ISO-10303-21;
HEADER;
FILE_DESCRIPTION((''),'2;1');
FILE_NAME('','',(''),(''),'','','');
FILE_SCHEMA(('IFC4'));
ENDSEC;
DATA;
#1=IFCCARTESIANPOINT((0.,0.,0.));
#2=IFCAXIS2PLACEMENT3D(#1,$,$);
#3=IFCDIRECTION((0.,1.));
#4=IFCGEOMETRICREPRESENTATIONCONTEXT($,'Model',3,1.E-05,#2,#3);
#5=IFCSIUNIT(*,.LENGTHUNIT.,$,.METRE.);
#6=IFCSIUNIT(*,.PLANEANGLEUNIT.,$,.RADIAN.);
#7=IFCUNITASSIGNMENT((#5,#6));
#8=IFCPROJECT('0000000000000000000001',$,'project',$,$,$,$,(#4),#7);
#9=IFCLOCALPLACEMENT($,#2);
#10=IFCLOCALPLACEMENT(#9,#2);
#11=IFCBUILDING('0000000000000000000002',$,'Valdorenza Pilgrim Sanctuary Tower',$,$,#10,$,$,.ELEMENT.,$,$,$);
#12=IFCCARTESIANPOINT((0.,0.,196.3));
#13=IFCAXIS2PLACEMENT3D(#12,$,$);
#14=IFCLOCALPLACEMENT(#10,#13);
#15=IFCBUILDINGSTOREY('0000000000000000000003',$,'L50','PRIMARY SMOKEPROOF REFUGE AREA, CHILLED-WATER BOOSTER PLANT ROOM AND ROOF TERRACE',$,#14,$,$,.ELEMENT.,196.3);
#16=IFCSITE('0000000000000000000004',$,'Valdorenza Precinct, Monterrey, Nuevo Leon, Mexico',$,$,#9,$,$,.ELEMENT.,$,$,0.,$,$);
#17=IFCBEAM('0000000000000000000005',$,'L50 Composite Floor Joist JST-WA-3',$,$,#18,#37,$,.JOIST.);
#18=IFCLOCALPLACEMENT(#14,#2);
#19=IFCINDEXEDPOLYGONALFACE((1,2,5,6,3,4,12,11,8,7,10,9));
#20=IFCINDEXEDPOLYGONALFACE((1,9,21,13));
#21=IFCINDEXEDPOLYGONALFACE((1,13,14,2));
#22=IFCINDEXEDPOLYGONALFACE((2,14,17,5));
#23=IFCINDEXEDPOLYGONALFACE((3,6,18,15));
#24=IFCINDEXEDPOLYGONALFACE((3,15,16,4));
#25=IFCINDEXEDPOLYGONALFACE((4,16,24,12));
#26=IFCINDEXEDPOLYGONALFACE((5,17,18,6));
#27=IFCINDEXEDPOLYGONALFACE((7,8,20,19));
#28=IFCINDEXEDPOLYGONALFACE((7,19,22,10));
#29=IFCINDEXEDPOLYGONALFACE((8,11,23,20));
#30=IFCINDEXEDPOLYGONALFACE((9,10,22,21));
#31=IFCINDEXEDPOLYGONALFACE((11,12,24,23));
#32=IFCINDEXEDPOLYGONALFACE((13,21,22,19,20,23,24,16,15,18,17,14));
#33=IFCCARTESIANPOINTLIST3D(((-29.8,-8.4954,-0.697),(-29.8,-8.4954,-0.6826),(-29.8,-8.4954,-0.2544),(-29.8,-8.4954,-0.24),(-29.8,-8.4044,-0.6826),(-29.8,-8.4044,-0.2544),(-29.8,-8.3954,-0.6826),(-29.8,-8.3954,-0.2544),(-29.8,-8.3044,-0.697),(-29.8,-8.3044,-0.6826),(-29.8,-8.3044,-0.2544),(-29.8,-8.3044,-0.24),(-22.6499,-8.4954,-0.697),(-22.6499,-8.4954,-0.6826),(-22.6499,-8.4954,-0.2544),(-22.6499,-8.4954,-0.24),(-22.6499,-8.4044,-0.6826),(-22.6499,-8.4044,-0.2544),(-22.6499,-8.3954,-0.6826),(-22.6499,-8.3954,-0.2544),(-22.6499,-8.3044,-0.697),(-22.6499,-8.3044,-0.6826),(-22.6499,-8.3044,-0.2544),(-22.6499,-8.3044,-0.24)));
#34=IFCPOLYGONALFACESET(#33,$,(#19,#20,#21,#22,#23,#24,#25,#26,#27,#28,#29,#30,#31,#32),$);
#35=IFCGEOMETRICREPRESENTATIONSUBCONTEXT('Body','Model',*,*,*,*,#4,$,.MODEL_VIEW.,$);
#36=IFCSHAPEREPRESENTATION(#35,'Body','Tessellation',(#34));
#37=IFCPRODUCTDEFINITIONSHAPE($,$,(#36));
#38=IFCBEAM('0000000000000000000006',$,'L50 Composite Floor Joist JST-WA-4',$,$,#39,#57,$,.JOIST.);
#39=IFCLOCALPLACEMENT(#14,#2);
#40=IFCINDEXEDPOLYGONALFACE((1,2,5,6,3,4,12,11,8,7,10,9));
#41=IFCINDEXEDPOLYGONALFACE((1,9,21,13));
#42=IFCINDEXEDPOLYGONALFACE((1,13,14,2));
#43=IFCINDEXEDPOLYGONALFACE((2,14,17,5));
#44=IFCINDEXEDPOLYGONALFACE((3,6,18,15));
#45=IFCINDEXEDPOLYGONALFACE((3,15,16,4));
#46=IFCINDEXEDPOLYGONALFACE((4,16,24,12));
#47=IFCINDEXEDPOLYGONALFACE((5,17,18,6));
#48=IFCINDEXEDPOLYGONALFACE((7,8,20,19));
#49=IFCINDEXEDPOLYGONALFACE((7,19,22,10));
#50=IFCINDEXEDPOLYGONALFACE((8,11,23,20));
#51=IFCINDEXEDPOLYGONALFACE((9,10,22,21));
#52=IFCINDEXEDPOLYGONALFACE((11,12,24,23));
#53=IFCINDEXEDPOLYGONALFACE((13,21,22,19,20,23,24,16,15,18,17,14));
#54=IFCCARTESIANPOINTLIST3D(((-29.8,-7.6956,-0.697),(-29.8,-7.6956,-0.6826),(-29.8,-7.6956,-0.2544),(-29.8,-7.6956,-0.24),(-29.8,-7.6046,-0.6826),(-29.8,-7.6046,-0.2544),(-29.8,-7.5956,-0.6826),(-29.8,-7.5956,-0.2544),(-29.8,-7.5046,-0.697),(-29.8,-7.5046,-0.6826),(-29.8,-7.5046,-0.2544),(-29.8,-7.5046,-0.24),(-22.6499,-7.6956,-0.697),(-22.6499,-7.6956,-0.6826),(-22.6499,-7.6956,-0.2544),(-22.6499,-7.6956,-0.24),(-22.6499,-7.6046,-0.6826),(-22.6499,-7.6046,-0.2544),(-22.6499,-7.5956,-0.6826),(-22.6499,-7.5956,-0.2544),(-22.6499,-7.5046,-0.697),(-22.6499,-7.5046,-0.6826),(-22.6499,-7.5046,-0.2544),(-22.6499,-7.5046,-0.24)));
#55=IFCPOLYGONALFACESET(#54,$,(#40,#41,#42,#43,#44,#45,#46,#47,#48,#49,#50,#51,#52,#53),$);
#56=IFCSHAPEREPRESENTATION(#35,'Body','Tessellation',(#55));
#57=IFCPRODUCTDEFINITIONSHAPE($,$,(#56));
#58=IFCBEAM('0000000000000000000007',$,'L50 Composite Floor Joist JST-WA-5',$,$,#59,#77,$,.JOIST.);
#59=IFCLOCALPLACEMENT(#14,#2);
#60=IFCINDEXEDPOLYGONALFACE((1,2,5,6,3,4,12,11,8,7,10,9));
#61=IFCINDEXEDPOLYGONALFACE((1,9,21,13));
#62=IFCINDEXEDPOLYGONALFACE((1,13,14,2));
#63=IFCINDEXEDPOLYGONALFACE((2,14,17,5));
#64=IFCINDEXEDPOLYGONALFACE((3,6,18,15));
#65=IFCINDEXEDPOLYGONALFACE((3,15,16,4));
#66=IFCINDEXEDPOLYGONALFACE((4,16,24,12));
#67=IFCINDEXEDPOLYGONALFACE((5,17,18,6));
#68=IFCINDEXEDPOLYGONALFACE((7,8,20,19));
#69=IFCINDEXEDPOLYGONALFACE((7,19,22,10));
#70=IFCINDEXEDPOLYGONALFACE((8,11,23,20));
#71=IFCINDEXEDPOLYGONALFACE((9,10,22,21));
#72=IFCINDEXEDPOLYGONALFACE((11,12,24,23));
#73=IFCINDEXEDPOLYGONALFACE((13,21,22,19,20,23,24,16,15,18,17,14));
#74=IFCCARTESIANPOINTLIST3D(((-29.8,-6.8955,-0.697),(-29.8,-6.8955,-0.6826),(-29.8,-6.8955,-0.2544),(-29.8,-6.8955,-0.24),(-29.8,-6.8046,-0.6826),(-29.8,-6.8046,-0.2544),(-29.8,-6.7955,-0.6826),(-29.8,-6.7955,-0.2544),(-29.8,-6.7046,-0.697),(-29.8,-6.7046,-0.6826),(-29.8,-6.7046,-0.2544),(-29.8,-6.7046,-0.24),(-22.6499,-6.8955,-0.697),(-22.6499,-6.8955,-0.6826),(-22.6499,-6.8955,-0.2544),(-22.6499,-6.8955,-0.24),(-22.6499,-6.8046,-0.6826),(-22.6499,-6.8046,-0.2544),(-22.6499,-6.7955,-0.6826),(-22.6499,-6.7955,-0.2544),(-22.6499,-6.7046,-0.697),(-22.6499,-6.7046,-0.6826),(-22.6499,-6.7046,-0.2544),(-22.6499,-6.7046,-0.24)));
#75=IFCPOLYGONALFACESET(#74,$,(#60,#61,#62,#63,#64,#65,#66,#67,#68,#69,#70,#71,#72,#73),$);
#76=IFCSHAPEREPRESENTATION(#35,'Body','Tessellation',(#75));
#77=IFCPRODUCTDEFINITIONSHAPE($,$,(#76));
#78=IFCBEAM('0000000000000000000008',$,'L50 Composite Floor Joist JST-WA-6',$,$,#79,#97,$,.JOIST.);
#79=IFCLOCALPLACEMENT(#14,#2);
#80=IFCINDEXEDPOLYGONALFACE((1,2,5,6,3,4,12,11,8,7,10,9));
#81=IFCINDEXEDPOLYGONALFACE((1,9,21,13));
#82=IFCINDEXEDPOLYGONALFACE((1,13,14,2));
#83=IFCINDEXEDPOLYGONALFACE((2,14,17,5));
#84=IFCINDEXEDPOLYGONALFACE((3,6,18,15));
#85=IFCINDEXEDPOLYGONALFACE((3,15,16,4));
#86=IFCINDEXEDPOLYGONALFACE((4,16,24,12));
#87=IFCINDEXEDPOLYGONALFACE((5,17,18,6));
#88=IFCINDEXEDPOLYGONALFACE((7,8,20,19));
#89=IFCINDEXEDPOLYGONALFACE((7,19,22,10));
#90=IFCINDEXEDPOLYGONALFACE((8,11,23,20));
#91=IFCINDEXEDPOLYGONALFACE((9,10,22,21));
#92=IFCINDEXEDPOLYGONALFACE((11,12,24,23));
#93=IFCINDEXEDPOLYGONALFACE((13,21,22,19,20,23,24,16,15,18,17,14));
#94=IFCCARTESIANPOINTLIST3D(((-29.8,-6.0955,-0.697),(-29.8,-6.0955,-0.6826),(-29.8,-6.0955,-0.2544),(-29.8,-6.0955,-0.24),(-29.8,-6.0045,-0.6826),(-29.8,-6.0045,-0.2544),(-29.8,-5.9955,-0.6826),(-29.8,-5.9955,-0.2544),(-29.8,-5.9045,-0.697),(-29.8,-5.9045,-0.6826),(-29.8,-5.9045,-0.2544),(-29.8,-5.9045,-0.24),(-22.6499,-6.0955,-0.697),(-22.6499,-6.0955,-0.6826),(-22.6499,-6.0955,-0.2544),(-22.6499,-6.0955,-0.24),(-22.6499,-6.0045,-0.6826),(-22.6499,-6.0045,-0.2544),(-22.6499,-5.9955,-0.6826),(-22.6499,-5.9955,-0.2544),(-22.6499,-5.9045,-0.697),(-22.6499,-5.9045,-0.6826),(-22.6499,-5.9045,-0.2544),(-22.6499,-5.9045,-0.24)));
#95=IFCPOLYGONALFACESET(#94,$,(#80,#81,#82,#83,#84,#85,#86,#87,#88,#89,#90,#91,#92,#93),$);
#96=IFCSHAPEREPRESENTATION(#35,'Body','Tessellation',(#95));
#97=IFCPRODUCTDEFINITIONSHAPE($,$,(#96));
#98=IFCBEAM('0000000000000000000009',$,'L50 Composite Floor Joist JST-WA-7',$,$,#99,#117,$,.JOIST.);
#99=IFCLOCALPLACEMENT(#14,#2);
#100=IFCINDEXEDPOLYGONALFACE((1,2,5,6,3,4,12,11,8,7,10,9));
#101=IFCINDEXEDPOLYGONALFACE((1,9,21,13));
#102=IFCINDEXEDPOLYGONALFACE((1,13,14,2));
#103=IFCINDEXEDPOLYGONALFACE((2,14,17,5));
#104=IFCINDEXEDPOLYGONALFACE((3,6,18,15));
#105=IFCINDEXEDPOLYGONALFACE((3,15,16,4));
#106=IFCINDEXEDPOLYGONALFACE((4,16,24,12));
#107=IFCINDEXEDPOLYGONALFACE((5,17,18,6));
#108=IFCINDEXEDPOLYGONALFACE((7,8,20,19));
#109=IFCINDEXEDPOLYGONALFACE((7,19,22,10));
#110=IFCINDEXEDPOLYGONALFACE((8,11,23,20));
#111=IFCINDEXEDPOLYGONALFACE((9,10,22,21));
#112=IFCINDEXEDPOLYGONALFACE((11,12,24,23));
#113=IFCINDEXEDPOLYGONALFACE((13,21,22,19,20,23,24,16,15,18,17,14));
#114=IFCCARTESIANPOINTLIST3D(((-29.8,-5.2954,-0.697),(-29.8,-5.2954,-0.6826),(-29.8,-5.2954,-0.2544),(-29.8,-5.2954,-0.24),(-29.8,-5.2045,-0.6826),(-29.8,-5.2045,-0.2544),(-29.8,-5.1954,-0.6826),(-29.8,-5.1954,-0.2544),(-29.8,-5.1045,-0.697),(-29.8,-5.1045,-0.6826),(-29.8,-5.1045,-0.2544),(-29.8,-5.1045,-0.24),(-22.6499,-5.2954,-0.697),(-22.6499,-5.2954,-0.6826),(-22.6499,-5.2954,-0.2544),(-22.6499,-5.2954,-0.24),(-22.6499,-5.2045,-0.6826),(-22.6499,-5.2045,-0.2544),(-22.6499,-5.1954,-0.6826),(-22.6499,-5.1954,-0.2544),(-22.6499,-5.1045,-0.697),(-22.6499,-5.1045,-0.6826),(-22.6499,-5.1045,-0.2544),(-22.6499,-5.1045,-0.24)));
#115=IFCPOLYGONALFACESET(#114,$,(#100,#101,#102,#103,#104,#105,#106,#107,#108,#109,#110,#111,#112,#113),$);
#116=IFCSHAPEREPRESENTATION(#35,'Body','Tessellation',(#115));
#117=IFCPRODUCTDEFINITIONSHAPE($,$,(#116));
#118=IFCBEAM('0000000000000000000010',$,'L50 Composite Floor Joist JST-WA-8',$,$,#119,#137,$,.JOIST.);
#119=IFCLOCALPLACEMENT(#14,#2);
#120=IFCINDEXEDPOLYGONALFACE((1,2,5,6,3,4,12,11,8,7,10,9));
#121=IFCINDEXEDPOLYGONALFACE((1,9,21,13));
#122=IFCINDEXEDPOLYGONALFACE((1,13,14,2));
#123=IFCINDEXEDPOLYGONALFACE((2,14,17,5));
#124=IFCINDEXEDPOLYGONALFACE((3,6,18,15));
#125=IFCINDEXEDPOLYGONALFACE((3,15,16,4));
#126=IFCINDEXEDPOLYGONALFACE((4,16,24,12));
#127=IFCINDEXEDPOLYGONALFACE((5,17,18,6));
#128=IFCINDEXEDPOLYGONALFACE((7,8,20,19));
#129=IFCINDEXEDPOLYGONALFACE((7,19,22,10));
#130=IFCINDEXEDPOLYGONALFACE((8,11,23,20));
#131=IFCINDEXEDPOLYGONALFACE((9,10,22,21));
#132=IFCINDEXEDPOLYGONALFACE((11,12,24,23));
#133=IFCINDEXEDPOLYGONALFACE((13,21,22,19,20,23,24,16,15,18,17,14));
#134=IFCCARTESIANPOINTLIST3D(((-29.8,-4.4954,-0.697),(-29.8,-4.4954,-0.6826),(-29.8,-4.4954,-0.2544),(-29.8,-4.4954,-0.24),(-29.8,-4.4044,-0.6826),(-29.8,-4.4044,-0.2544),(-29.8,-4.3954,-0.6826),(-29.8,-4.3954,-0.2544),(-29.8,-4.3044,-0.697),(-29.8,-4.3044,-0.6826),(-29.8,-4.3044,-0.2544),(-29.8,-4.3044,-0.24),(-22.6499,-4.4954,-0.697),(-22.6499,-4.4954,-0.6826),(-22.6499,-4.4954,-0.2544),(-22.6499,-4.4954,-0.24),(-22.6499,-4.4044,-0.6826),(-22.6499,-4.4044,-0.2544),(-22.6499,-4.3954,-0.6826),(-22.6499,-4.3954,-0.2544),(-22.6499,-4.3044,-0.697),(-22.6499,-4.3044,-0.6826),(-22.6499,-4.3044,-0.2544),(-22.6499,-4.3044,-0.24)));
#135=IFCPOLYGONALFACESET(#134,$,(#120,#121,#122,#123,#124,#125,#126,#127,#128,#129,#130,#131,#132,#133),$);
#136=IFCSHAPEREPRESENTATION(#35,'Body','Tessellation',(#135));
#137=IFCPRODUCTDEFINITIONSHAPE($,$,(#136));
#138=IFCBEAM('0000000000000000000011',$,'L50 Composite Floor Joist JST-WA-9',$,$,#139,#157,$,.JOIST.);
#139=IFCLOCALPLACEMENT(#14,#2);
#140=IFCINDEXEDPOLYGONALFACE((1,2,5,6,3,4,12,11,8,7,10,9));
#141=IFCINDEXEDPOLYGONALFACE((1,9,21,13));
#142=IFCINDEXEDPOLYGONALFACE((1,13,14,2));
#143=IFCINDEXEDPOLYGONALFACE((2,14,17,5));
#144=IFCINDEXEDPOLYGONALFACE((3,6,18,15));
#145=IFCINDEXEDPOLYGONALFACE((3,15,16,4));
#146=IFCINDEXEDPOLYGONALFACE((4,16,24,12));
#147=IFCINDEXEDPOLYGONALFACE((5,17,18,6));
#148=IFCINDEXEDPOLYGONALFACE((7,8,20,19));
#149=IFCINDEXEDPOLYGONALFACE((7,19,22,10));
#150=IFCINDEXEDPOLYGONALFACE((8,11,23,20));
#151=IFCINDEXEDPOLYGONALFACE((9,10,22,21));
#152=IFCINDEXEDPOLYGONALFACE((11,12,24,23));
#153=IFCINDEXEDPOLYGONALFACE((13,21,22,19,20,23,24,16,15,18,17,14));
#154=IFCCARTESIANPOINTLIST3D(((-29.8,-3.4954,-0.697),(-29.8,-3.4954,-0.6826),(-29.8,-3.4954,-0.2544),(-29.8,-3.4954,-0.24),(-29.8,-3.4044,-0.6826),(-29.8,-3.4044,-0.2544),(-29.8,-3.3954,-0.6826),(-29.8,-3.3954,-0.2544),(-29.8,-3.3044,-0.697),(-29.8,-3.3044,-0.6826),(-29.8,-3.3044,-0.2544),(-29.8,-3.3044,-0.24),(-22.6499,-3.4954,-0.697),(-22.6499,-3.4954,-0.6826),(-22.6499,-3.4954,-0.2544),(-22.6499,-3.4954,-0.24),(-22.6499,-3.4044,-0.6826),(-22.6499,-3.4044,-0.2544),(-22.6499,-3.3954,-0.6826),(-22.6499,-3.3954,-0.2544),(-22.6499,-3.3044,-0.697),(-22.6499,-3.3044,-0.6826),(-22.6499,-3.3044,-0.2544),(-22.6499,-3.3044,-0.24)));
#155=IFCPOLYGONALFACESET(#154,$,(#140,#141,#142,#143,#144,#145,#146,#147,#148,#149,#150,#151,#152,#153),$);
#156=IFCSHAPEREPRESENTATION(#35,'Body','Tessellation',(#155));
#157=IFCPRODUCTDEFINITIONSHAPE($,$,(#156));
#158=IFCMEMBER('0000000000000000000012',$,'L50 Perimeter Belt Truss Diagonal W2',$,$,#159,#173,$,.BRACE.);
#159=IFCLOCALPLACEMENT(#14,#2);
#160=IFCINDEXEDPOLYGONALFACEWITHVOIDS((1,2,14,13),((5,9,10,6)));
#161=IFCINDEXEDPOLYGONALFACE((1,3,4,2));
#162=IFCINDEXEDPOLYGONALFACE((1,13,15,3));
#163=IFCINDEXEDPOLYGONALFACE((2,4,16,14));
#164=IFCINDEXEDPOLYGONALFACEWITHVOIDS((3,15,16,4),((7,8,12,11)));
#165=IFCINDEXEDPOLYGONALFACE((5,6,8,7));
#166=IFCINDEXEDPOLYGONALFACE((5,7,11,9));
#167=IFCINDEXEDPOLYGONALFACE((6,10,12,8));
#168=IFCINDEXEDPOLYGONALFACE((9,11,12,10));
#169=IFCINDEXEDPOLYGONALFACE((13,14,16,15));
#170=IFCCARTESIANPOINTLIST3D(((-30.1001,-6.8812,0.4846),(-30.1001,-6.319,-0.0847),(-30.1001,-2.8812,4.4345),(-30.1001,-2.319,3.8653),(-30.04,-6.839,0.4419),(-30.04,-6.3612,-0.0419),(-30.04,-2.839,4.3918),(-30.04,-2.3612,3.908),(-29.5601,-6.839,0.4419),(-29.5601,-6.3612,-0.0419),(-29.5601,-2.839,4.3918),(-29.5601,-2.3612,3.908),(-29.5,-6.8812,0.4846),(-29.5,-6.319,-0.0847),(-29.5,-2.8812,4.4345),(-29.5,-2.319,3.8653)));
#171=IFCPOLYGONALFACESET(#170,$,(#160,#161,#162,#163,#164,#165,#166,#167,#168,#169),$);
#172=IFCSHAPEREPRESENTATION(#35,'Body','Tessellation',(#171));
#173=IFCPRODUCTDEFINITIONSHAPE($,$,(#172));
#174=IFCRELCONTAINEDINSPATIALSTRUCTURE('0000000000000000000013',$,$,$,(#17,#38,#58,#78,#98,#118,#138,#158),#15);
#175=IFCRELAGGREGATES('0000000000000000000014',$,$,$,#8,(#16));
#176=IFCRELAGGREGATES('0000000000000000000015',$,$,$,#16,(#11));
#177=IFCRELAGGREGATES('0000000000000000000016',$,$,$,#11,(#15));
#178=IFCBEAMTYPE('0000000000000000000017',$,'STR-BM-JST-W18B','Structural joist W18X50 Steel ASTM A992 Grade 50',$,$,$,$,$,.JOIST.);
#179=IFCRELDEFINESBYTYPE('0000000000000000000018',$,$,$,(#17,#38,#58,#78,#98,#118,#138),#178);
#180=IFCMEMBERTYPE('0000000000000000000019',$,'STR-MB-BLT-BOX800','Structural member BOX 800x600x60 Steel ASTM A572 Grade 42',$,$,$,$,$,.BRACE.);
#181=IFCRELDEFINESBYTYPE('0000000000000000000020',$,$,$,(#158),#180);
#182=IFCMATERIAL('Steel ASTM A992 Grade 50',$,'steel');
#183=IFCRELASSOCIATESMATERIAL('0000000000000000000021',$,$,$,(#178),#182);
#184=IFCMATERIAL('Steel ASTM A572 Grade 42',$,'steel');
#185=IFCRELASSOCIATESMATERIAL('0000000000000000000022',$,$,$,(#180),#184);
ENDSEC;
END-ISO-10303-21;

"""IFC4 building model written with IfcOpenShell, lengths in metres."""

from ifc_helpers import new_model, si_unit, direction, frame, origin, origin_2d, place, context, subcontext, project, spatial, hollow_rectangle, i_section, extrude, source, transform, mapped, material, material_profile, profile_set, type_object, element, save


model = new_model("IFC4")

# Units and contexts
model_context = context("Model", 3, precision=1e-05, world=origin(), true_north=direction((0.0, 1.0)))
body_context = subcontext(model_context, "Body", "Model", "MODEL_VIEW")
ifc_project = project(units=[si_unit("LENGTHUNIT", "METRE"), si_unit("PLANEANGLEUNIT", "RADIAN")], contexts=[model_context])

# Site, building, storey
site_placement = place(None, origin())
site = spatial("IfcSite", under=ifc_project, at=site_placement, Name="Valdorenza Precinct, Monterrey, Nuevo Leon, Mexico", CompositionType="ELEMENT", RefElevation=0.0)
building_placement = place(site_placement, origin())
building = spatial("IfcBuilding", under=site, at=building_placement, Name="Valdorenza Pilgrim Sanctuary Tower", CompositionType="ELEMENT")
storey_placement = place(building_placement, frame((0.0, 0.0, 196.3)))
storey = spatial("IfcBuildingStorey", under=building, at=storey_placement, Name="L50", Description="PRIMARY SMOKEPROOF REFUGE AREA, CHILLED-WATER BOOSTER PLANT ROOM AND ROOF TERRACE", CompositionType="ELEMENT", Elevation=196.3)

# Beams
ifc_material_1 = material(Name="Steel ASTM A992 Grade 50", Category="steel")
ifc_material_profile_1 = material_profile(ifc_material_1, i_section(OverallWidth=0.1909, OverallDepth=0.457, WebThickness=0.009, FlangeThickness=0.0144, at=origin_2d()), Name="W18X50")
ifc_profile_set_1 = profile_set([ifc_material_profile_1], Name="Steel ASTM A992 Grade 50")
beam_type = type_object("IfcBeamType", Name="STR-BM-JST-W18B", Description="Structural joist W18X50 Steel ASTM A992 Grade 50", PredefinedType="JOIST", material=ifc_profile_set_1)
shared_shape_1 = source(origin(), body_context, "Body", "SweptSolid", [
    extrude(i_section(OverallWidth=0.1909, OverallDepth=0.457, WebThickness=0.009, FlangeThickness=0.0144, at=origin_2d()), origin(), (0.0, 0.0, 1.0), 7.1501),
])
for number, where, z_axis, x_axis, name in (
    (1, (-29.8, -8.3999, -0.4685), (1.0, 0.0, 0.0), (0.0, 1.0, 0.0), "L50 Composite Floor Joist JST-WA-3"),
    (2, (-29.8, -7.6001, -0.4685), (1.0, 0.0, 0.0), (0.0, 1.0, 0.0), "L50 Composite Floor Joist JST-WA-4"),
    (3, (-29.8, -6.8, -0.4685), (1.0, 0.0, 0.0), (0.0, 1.0, 0.0), "L50 Composite Floor Joist JST-WA-5"),
    (4, (-29.8, -6.0, -0.4685), (1.0, 0.0, 0.0), (0.0, 1.0, 0.0), "L50 Composite Floor Joist JST-WA-6"),
    (5, (-29.8, -5.2, -0.4685), (1.0, 0.0, 0.0), (0.0, 1.0, 0.0), "L50 Composite Floor Joist JST-WA-7"),
    (6, (-29.8, -4.3999, -0.4685), (1.0, 0.0, 0.0), (0.0, 1.0, 0.0), "L50 Composite Floor Joist JST-WA-8"),
    (7, (-29.8, -3.3999, -0.4685), (1.0, 0.0, 0.0), (0.0, 1.0, 0.0), "L50 Composite Floor Joist JST-WA-9"),
):
    element("IfcBeam", number, at=place(storey_placement, frame(where, z_axis=z_axis, x_axis=x_axis)), inside=storey, type_object=beam_type, Name=name, PredefinedType="JOIST", context=body_context, shape_type="MappedRepresentation", body=[
        mapped(shared_shape_1, transform((0.0, 0.0, 0.0), x_axis=(1.0, 0.0, 0.0), y_axis=(0.0, 1.0, 0.0), z_axis=(0.0, 0.0, 1.0), scale=1.0)),
    ])

# Member
ifc_material_2 = material(Name="Steel ASTM A572 Grade 42", Category="steel")
ifc_material_profile_2 = material_profile(ifc_material_2, hollow_rectangle(XDim=0.6001, YDim=0.8, WallThickness=0.0601, at=origin_2d()), Name="BOX 800x600x60")
ifc_profile_set_2 = profile_set([ifc_material_profile_2], Name="Steel ASTM A572 Grade 42")
member_type_1 = type_object("IfcMemberType", Name="STR-MB-BLT-BOX800", Description="Structural member BOX 800x600x60 Steel ASTM A572 Grade 42", PredefinedType="BRACE", material=ifc_profile_set_2)
shared_shape_2 = source(origin(), body_context, "Body", "SweptSolid", [
    extrude(hollow_rectangle(XDim=0.6001, YDim=0.8, WallThickness=0.0601, at=origin_2d()), origin(), (0.0, 0.0, 1.0), 5.6216),
])
member_1_placement = place(storey_placement, frame((-29.8, -6.6001, 0.2), z_axis=(0.0, 0.711544, 0.702641), x_axis=(-1.0, 0.0, 0.0)))
element("IfcMember", 8, at=member_1_placement, inside=storey, type_object=member_type_1, Name="L50 Perimeter Belt Truss Diagonal W2", PredefinedType="BRACE", context=body_context, shape_type="MappedRepresentation", body=[
    mapped(shared_shape_2, transform((0.0, 0.0, 0.0), x_axis=(1.0, 0.0, 0.0), y_axis=(0.0, 1.0, 0.0), z_axis=(0.0, 0.0, 1.0), scale=1.0)),
])

save(model, "model.ifc")
